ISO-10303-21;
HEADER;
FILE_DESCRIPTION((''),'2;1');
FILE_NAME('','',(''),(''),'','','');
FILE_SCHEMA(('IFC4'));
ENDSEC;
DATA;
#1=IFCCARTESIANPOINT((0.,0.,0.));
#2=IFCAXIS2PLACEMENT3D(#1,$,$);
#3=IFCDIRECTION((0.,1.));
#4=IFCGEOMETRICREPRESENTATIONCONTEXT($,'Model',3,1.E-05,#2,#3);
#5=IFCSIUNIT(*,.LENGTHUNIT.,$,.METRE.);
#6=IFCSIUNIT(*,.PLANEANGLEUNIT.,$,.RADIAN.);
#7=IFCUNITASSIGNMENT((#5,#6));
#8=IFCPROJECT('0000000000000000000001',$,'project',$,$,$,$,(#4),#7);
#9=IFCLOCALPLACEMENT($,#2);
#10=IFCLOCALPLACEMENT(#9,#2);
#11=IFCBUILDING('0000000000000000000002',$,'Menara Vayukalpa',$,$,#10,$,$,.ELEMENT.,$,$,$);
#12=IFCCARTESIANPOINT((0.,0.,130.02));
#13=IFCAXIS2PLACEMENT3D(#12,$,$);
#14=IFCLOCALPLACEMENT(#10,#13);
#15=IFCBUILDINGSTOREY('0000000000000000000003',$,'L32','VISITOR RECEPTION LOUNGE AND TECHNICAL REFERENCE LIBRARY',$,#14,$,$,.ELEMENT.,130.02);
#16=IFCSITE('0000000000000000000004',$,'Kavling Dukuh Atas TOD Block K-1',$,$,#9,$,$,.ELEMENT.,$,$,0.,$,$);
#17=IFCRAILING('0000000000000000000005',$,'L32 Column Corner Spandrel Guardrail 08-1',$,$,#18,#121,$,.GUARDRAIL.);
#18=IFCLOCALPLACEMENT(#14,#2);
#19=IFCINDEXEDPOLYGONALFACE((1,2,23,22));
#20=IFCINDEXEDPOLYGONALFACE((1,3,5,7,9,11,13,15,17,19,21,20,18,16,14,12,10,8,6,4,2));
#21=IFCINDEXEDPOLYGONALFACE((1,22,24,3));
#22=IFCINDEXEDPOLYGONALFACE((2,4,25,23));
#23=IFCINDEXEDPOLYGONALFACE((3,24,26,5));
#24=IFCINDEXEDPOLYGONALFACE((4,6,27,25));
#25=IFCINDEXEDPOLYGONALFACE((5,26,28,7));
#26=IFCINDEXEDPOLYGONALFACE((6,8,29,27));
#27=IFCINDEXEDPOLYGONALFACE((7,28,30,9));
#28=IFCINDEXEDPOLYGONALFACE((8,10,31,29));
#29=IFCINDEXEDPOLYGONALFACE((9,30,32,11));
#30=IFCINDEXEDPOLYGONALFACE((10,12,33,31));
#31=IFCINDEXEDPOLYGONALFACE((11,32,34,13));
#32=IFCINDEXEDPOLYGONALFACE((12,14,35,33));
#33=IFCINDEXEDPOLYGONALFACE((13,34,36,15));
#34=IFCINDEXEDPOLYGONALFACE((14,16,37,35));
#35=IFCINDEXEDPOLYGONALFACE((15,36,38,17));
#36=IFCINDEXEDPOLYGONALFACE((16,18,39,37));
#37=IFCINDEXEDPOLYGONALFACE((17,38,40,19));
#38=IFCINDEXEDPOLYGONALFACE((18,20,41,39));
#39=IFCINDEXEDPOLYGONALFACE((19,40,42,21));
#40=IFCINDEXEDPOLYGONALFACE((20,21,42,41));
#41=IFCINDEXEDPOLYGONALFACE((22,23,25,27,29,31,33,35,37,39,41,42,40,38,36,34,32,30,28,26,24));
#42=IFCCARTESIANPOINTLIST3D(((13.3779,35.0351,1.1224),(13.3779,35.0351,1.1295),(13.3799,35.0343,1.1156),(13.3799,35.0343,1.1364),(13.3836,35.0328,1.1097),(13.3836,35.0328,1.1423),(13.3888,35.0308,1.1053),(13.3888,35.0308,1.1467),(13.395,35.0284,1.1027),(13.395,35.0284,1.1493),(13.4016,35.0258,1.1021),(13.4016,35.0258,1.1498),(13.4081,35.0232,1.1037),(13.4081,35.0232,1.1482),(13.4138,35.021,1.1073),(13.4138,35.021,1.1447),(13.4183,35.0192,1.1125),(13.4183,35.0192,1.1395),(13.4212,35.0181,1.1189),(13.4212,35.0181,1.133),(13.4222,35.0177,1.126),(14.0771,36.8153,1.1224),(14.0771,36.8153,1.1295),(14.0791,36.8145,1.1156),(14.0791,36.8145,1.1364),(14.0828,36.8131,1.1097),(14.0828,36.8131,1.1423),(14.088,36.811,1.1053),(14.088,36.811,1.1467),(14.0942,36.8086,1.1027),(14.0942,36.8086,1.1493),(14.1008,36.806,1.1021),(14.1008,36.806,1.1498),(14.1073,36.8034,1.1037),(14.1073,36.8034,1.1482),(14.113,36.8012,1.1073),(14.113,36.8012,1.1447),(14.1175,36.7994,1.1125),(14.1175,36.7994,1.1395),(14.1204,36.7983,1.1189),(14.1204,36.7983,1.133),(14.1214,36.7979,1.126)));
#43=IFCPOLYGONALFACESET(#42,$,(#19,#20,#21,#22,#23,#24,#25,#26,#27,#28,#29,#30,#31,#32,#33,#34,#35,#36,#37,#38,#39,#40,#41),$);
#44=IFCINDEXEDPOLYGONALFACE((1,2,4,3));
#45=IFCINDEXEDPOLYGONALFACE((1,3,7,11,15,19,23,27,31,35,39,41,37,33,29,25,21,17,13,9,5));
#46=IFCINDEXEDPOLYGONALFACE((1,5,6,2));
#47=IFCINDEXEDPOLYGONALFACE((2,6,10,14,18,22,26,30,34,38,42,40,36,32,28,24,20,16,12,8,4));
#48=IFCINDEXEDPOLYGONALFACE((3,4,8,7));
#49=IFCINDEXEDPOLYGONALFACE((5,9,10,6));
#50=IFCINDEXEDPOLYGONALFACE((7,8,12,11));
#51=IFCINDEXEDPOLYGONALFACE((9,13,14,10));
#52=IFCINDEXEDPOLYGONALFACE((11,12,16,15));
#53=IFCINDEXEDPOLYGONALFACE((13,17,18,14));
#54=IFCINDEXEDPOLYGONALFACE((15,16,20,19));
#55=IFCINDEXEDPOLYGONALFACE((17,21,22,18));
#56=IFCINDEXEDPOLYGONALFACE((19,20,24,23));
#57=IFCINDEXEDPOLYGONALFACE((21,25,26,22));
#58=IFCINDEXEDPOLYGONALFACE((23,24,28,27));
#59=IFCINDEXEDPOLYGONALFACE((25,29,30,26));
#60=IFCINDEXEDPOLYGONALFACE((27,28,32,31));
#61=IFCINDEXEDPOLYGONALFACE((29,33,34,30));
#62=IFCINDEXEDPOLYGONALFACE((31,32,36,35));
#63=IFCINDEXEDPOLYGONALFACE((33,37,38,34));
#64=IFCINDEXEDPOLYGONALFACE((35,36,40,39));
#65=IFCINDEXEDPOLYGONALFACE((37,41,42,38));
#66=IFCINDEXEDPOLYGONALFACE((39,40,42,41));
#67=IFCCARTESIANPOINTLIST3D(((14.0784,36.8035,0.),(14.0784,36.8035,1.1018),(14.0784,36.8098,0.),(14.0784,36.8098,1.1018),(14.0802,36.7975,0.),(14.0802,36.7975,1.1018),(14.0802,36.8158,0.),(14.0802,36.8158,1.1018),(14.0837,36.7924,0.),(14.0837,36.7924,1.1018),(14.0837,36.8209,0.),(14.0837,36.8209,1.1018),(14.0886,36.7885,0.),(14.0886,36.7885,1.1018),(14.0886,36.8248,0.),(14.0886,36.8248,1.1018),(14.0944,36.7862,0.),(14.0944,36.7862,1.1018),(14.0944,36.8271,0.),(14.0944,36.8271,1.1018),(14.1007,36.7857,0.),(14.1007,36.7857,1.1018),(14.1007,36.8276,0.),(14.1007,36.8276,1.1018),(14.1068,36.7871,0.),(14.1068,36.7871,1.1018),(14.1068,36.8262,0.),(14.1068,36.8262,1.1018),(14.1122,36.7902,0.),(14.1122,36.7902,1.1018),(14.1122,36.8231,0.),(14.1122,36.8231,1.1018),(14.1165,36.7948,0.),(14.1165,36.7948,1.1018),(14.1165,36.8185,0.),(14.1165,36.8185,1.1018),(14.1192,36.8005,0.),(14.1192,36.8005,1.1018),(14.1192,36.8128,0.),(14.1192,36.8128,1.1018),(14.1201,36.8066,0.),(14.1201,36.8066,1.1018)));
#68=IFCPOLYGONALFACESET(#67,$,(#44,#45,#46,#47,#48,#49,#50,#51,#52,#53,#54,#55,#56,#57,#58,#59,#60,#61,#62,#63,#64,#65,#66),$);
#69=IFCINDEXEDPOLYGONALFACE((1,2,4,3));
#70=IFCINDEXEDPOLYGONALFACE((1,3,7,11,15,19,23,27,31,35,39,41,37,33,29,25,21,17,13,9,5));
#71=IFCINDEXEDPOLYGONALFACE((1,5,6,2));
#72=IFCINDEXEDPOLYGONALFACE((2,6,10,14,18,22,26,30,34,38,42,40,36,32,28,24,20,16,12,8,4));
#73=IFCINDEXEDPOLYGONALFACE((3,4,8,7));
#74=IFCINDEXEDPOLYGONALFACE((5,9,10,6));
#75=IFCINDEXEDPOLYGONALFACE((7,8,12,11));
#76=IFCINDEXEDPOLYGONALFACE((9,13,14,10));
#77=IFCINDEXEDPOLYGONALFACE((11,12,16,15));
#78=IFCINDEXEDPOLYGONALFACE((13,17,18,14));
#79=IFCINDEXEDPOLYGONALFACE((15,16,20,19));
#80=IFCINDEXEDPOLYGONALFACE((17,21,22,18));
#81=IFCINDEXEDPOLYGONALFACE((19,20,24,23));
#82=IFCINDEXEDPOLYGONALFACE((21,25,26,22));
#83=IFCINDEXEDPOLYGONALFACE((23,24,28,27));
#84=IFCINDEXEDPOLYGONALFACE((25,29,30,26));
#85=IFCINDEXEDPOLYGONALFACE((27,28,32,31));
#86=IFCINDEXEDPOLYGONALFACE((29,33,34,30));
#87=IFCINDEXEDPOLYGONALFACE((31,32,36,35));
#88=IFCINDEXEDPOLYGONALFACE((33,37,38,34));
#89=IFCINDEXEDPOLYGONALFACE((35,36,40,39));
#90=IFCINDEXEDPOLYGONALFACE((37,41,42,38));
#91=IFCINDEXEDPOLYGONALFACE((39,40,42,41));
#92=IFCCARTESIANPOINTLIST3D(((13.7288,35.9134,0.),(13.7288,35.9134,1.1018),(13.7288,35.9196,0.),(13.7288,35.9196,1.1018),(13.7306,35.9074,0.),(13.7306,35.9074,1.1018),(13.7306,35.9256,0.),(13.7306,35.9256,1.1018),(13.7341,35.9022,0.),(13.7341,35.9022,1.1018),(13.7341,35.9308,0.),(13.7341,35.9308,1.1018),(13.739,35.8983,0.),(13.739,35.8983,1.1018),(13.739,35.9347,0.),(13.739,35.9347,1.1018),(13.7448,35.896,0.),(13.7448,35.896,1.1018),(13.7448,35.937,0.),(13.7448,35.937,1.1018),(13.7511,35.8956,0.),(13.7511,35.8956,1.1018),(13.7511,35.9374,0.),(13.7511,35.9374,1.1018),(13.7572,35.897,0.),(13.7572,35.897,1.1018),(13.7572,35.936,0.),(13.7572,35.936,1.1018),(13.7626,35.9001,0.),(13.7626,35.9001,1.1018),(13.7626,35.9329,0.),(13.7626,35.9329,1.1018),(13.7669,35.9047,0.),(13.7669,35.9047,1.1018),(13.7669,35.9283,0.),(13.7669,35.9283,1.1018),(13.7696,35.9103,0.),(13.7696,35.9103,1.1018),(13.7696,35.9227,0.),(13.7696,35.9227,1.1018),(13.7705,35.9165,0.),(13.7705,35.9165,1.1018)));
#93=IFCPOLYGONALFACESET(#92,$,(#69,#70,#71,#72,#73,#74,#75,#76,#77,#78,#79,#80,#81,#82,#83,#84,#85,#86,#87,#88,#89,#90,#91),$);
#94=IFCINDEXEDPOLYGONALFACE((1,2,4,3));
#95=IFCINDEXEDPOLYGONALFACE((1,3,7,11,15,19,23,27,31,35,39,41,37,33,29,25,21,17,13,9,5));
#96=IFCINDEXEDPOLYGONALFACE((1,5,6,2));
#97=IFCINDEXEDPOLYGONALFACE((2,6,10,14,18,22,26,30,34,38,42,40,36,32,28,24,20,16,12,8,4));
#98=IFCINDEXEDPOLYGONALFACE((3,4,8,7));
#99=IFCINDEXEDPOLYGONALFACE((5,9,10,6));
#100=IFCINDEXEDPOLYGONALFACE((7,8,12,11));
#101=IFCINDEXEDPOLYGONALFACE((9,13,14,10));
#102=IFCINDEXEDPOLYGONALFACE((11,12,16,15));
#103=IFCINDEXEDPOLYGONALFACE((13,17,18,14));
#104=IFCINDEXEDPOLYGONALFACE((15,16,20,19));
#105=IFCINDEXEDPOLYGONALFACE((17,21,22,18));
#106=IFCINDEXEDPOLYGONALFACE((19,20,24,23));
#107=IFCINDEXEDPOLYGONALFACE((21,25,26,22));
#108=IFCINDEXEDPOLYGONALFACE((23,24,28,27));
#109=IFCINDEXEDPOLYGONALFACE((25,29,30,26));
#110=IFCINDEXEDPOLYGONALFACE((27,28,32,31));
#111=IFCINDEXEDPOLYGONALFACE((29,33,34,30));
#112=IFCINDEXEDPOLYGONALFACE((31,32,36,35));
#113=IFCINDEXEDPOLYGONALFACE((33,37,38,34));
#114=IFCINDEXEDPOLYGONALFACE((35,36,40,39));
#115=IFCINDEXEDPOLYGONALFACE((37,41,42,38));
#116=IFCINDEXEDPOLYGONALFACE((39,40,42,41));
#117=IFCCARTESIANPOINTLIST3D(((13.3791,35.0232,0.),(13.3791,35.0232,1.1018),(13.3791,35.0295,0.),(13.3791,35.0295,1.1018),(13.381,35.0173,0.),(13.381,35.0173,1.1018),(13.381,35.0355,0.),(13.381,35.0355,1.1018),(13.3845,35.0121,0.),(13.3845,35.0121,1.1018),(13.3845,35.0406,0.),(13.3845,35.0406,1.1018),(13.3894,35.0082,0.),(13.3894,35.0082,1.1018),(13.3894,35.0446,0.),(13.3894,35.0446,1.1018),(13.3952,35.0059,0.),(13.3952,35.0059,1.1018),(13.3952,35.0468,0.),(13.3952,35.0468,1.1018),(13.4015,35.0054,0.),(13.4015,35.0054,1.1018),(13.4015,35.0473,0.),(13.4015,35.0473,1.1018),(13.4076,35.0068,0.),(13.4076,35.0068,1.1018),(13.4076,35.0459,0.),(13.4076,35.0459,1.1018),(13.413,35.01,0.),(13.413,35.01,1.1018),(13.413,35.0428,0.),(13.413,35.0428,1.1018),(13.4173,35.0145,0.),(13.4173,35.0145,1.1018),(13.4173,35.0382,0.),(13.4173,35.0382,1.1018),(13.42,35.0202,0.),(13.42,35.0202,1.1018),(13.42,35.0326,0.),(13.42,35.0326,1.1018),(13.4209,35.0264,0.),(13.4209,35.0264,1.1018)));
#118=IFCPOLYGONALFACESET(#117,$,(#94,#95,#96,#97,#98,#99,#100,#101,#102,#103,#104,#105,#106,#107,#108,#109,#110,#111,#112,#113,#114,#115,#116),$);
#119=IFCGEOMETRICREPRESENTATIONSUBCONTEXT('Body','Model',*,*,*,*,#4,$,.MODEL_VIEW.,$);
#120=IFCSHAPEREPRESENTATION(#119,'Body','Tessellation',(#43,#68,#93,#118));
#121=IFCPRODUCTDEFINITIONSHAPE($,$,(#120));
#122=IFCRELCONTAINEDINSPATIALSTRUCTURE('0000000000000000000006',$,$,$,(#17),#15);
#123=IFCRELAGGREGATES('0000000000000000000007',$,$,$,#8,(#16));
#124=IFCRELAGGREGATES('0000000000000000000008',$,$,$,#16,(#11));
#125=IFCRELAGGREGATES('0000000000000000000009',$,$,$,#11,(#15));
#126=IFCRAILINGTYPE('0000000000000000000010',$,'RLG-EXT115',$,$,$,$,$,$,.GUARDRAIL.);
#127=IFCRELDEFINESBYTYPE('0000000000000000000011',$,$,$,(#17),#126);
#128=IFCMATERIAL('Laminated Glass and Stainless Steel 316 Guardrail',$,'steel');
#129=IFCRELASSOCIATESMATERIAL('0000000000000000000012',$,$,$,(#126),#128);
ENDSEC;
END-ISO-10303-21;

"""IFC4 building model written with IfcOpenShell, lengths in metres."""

from ifc_helpers import new_model, si_unit, direction, frame, origin, origin_2d, place, context, subcontext, project, spatial, circle, extrude, material, type_object, element, save


model = new_model("IFC4")

# Units and contexts
model_context = context("Model", 3, precision=1e-05, world=origin(), true_north=direction((0.0, 1.0)))
body_context = subcontext(model_context, "Body", "Model", "MODEL_VIEW")
ifc_project = project(units=[si_unit("LENGTHUNIT", "METRE"), si_unit("PLANEANGLEUNIT", "RADIAN")], contexts=[model_context])

# Site, building, storey
site_placement = place(None, origin())
site = spatial("IfcSite", under=ifc_project, at=site_placement, Name="Kavling Dukuh Atas TOD Block K-1", CompositionType="ELEMENT", RefElevation=0.0)
building_placement = place(site_placement, origin())
building = spatial("IfcBuilding", under=site, at=building_placement, Name="Menara Vayukalpa", CompositionType="ELEMENT")
storey_placement = place(building_placement, frame((0.0, 0.0, 130.02)))
storey = spatial("IfcBuildingStorey", under=building, at=storey_placement, Name="L32", Description="VISITOR RECEPTION LOUNGE AND TECHNICAL REFERENCE LIBRARY", CompositionType="ELEMENT", Elevation=130.02)

# Railing
ifc_material_1 = material(Name="Laminated Glass and Stainless Steel 316 Guardrail", Category="steel")
railing_type = type_object("IfcRailingType", Name="RLG-EXT115", PredefinedType="GUARDRAIL", material=ifc_material_1)
railing_1_placement = place(storey_placement, frame((14.0991, 36.8066, 0.0)))
element("IfcRailing", 1, at=railing_1_placement, inside=storey, type_object=railing_type, Name="L32 Column Corner Spandrel Guardrail 08-1", PredefinedType="GUARDRAIL", context=body_context, shape_type="SweptSolid", body=[
    extrude(circle(Radius=0.0239, at=origin_2d()), frame((0.0, 0.0, 1.126), z_axis=(-0.365573, -0.930783, 0.0), x_axis=(0.930783, -0.365573, 0.0)), (0.0, 0.0, 1.0), 1.9126),
    extrude(circle(Radius=0.021, at=origin_2d()), origin(), (0.0, 0.0, 1.0), 1.1018),
    extrude(circle(Radius=0.021, at=origin_2d()), frame((-0.3496, -0.8901, 0.0)), (0.0, 0.0, 1.0), 1.1018),
    extrude(circle(Radius=0.021, at=origin_2d()), frame((-0.6992, -1.7803, 0.0)), (0.0, 0.0, 1.0), 1.1018),
])

save(model, "model.ifc")
